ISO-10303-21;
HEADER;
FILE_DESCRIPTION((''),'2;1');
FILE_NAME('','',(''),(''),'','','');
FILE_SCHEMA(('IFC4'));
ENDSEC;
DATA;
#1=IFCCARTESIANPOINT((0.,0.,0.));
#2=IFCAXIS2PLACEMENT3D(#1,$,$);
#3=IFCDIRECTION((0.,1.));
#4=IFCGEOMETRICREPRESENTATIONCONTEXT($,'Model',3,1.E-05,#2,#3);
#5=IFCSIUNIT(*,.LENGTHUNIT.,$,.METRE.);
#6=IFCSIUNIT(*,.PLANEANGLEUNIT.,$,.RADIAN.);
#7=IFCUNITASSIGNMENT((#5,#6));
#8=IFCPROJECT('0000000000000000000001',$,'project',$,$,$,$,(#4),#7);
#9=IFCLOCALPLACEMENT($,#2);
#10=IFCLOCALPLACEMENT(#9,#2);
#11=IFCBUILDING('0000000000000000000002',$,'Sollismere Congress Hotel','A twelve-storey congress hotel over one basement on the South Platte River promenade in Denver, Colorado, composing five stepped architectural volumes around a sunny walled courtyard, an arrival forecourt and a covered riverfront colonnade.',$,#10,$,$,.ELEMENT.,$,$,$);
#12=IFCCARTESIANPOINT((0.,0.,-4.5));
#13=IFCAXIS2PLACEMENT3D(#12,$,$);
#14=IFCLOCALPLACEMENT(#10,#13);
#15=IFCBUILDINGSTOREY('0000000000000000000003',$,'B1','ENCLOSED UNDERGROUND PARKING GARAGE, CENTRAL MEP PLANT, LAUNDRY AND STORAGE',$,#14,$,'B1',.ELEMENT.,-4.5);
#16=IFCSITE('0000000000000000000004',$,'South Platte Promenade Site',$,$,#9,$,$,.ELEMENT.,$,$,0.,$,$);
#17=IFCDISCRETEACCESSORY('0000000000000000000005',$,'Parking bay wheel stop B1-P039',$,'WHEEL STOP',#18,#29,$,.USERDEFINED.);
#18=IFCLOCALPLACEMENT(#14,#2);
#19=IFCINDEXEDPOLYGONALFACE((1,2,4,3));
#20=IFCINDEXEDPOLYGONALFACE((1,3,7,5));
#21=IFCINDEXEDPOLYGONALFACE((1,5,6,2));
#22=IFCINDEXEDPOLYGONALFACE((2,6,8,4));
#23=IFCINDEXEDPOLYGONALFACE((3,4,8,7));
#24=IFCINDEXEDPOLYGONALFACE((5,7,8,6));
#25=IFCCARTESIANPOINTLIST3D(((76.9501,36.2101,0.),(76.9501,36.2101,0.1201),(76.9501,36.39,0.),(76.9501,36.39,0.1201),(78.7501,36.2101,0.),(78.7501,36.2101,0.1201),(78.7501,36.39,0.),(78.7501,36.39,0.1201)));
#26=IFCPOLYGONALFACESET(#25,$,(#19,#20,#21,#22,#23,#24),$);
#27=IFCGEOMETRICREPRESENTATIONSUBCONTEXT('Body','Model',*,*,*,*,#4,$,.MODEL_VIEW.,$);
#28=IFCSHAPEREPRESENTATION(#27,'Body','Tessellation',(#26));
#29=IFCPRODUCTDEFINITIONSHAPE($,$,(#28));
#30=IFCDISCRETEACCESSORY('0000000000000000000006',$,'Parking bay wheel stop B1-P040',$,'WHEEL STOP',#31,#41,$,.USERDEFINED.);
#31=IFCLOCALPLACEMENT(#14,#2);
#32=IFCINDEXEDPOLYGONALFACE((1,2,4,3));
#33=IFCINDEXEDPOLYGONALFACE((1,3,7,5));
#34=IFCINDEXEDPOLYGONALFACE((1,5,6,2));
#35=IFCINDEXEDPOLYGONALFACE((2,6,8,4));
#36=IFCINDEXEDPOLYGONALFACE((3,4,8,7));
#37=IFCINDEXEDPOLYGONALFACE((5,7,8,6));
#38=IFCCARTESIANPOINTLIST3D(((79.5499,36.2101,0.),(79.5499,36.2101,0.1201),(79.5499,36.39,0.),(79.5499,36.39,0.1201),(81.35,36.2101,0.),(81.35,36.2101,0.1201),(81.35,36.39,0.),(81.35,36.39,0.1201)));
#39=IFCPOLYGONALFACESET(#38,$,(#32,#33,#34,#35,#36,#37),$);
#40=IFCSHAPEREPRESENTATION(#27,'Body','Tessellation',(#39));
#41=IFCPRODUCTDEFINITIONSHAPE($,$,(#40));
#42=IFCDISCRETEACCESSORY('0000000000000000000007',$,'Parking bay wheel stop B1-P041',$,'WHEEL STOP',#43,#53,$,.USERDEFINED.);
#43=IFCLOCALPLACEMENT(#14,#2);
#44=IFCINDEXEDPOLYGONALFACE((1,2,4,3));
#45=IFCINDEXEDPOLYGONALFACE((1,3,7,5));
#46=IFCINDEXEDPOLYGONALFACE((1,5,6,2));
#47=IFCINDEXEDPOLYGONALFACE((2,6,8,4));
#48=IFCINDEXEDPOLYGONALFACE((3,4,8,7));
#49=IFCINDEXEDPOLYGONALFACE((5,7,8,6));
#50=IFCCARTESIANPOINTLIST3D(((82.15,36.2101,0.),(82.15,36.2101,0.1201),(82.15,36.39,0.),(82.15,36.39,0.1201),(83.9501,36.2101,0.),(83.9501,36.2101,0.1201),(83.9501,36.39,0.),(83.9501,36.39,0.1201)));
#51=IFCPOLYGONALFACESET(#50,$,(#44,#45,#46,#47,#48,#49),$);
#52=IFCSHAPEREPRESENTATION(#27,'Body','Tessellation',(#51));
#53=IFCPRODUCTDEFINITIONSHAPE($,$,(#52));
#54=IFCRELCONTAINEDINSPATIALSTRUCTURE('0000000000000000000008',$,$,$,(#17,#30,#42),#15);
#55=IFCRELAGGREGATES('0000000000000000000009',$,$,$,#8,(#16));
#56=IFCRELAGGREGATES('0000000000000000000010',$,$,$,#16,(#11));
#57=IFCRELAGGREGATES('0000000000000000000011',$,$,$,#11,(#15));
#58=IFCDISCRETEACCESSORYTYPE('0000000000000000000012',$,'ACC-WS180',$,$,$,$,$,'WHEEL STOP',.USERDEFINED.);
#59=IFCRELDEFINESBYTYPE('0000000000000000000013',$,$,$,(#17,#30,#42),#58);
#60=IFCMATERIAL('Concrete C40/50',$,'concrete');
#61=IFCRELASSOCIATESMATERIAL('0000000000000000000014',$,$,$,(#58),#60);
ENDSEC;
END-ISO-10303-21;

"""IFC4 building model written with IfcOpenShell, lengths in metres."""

from ifc_helpers import new_model, si_unit, direction, frame, origin, origin_2d, place, context, subcontext, project, spatial, rectangle, extrude, material, type_object, element, save


model = new_model("IFC4")

# Units and contexts
model_context = context("Model", 3, precision=1e-05, world=origin(), true_north=direction((0.0, 1.0)))
body_context = subcontext(model_context, "Body", "Model", "MODEL_VIEW")
ifc_project = project(units=[si_unit("LENGTHUNIT", "METRE"), si_unit("PLANEANGLEUNIT", "RADIAN")], contexts=[model_context])

# Site, building, storey
site_placement = place(None, origin())
site = spatial("IfcSite", under=ifc_project, at=site_placement, Name="South Platte Promenade Site", CompositionType="ELEMENT", RefElevation=0.0)
building_placement = place(site_placement, origin())
building = spatial("IfcBuilding", under=site, at=building_placement, Name="Sollismere Congress Hotel", Description="A twelve-storey congress hotel over one basement on the South Platte River promenade in Denver, Colorado, composing five stepped architectural volumes around a sunny walled courtyard, an arrival forecourt and a covered riverfront colonnade.", CompositionType="ELEMENT")
storey_placement = place(building_placement, frame((0.0, 0.0, -4.5)))
storey = spatial("IfcBuildingStorey", under=building, at=storey_placement, Name="B1", Description="ENCLOSED UNDERGROUND PARKING GARAGE, CENTRAL MEP PLANT, LAUNDRY AND STORAGE", LongName="B1", CompositionType="ELEMENT", Elevation=-4.5)

# Shared definitions
ifc_material_1 = material(Name="Concrete C40/50", Category="concrete")

# Discrete accessories
discrete_accessory_type = type_object("IfcDiscreteAccessoryType", Name="ACC-WS180", ElementType="WHEEL STOP", PredefinedType="USERDEFINED", material=ifc_material_1)
for number, where, z_axis, x_axis, name in (
    (1, (77.8501, 36.3, 0.0), (0.0, 0.0, 1.0), (1.0, 0.0, 0.0), "Parking bay wheel stop B1-P039"),
    (2, (80.45, 36.3, 0.0), (0.0, 0.0, 1.0), (1.0, 0.0, 0.0), "Parking bay wheel stop B1-P040"),
    (3, (83.05, 36.3, 0.0), (0.0, 0.0, 1.0), (1.0, 0.0, 0.0), "Parking bay wheel stop B1-P041"),
):
    element("IfcDiscreteAccessory", number, at=place(storey_placement, frame(where, z_axis=z_axis, x_axis=x_axis)), inside=storey, type_object=discrete_accessory_type, Name=name, ObjectType="WHEEL STOP", PredefinedType="USERDEFINED", context=body_context, shape_type="SweptSolid", body=[
        extrude(rectangle(XDim=1.8, YDim=0.1799, at=origin_2d()), origin(), (0.0, 0.0, 1.0), 0.1201),
    ])

save(model, "model.ifc")
